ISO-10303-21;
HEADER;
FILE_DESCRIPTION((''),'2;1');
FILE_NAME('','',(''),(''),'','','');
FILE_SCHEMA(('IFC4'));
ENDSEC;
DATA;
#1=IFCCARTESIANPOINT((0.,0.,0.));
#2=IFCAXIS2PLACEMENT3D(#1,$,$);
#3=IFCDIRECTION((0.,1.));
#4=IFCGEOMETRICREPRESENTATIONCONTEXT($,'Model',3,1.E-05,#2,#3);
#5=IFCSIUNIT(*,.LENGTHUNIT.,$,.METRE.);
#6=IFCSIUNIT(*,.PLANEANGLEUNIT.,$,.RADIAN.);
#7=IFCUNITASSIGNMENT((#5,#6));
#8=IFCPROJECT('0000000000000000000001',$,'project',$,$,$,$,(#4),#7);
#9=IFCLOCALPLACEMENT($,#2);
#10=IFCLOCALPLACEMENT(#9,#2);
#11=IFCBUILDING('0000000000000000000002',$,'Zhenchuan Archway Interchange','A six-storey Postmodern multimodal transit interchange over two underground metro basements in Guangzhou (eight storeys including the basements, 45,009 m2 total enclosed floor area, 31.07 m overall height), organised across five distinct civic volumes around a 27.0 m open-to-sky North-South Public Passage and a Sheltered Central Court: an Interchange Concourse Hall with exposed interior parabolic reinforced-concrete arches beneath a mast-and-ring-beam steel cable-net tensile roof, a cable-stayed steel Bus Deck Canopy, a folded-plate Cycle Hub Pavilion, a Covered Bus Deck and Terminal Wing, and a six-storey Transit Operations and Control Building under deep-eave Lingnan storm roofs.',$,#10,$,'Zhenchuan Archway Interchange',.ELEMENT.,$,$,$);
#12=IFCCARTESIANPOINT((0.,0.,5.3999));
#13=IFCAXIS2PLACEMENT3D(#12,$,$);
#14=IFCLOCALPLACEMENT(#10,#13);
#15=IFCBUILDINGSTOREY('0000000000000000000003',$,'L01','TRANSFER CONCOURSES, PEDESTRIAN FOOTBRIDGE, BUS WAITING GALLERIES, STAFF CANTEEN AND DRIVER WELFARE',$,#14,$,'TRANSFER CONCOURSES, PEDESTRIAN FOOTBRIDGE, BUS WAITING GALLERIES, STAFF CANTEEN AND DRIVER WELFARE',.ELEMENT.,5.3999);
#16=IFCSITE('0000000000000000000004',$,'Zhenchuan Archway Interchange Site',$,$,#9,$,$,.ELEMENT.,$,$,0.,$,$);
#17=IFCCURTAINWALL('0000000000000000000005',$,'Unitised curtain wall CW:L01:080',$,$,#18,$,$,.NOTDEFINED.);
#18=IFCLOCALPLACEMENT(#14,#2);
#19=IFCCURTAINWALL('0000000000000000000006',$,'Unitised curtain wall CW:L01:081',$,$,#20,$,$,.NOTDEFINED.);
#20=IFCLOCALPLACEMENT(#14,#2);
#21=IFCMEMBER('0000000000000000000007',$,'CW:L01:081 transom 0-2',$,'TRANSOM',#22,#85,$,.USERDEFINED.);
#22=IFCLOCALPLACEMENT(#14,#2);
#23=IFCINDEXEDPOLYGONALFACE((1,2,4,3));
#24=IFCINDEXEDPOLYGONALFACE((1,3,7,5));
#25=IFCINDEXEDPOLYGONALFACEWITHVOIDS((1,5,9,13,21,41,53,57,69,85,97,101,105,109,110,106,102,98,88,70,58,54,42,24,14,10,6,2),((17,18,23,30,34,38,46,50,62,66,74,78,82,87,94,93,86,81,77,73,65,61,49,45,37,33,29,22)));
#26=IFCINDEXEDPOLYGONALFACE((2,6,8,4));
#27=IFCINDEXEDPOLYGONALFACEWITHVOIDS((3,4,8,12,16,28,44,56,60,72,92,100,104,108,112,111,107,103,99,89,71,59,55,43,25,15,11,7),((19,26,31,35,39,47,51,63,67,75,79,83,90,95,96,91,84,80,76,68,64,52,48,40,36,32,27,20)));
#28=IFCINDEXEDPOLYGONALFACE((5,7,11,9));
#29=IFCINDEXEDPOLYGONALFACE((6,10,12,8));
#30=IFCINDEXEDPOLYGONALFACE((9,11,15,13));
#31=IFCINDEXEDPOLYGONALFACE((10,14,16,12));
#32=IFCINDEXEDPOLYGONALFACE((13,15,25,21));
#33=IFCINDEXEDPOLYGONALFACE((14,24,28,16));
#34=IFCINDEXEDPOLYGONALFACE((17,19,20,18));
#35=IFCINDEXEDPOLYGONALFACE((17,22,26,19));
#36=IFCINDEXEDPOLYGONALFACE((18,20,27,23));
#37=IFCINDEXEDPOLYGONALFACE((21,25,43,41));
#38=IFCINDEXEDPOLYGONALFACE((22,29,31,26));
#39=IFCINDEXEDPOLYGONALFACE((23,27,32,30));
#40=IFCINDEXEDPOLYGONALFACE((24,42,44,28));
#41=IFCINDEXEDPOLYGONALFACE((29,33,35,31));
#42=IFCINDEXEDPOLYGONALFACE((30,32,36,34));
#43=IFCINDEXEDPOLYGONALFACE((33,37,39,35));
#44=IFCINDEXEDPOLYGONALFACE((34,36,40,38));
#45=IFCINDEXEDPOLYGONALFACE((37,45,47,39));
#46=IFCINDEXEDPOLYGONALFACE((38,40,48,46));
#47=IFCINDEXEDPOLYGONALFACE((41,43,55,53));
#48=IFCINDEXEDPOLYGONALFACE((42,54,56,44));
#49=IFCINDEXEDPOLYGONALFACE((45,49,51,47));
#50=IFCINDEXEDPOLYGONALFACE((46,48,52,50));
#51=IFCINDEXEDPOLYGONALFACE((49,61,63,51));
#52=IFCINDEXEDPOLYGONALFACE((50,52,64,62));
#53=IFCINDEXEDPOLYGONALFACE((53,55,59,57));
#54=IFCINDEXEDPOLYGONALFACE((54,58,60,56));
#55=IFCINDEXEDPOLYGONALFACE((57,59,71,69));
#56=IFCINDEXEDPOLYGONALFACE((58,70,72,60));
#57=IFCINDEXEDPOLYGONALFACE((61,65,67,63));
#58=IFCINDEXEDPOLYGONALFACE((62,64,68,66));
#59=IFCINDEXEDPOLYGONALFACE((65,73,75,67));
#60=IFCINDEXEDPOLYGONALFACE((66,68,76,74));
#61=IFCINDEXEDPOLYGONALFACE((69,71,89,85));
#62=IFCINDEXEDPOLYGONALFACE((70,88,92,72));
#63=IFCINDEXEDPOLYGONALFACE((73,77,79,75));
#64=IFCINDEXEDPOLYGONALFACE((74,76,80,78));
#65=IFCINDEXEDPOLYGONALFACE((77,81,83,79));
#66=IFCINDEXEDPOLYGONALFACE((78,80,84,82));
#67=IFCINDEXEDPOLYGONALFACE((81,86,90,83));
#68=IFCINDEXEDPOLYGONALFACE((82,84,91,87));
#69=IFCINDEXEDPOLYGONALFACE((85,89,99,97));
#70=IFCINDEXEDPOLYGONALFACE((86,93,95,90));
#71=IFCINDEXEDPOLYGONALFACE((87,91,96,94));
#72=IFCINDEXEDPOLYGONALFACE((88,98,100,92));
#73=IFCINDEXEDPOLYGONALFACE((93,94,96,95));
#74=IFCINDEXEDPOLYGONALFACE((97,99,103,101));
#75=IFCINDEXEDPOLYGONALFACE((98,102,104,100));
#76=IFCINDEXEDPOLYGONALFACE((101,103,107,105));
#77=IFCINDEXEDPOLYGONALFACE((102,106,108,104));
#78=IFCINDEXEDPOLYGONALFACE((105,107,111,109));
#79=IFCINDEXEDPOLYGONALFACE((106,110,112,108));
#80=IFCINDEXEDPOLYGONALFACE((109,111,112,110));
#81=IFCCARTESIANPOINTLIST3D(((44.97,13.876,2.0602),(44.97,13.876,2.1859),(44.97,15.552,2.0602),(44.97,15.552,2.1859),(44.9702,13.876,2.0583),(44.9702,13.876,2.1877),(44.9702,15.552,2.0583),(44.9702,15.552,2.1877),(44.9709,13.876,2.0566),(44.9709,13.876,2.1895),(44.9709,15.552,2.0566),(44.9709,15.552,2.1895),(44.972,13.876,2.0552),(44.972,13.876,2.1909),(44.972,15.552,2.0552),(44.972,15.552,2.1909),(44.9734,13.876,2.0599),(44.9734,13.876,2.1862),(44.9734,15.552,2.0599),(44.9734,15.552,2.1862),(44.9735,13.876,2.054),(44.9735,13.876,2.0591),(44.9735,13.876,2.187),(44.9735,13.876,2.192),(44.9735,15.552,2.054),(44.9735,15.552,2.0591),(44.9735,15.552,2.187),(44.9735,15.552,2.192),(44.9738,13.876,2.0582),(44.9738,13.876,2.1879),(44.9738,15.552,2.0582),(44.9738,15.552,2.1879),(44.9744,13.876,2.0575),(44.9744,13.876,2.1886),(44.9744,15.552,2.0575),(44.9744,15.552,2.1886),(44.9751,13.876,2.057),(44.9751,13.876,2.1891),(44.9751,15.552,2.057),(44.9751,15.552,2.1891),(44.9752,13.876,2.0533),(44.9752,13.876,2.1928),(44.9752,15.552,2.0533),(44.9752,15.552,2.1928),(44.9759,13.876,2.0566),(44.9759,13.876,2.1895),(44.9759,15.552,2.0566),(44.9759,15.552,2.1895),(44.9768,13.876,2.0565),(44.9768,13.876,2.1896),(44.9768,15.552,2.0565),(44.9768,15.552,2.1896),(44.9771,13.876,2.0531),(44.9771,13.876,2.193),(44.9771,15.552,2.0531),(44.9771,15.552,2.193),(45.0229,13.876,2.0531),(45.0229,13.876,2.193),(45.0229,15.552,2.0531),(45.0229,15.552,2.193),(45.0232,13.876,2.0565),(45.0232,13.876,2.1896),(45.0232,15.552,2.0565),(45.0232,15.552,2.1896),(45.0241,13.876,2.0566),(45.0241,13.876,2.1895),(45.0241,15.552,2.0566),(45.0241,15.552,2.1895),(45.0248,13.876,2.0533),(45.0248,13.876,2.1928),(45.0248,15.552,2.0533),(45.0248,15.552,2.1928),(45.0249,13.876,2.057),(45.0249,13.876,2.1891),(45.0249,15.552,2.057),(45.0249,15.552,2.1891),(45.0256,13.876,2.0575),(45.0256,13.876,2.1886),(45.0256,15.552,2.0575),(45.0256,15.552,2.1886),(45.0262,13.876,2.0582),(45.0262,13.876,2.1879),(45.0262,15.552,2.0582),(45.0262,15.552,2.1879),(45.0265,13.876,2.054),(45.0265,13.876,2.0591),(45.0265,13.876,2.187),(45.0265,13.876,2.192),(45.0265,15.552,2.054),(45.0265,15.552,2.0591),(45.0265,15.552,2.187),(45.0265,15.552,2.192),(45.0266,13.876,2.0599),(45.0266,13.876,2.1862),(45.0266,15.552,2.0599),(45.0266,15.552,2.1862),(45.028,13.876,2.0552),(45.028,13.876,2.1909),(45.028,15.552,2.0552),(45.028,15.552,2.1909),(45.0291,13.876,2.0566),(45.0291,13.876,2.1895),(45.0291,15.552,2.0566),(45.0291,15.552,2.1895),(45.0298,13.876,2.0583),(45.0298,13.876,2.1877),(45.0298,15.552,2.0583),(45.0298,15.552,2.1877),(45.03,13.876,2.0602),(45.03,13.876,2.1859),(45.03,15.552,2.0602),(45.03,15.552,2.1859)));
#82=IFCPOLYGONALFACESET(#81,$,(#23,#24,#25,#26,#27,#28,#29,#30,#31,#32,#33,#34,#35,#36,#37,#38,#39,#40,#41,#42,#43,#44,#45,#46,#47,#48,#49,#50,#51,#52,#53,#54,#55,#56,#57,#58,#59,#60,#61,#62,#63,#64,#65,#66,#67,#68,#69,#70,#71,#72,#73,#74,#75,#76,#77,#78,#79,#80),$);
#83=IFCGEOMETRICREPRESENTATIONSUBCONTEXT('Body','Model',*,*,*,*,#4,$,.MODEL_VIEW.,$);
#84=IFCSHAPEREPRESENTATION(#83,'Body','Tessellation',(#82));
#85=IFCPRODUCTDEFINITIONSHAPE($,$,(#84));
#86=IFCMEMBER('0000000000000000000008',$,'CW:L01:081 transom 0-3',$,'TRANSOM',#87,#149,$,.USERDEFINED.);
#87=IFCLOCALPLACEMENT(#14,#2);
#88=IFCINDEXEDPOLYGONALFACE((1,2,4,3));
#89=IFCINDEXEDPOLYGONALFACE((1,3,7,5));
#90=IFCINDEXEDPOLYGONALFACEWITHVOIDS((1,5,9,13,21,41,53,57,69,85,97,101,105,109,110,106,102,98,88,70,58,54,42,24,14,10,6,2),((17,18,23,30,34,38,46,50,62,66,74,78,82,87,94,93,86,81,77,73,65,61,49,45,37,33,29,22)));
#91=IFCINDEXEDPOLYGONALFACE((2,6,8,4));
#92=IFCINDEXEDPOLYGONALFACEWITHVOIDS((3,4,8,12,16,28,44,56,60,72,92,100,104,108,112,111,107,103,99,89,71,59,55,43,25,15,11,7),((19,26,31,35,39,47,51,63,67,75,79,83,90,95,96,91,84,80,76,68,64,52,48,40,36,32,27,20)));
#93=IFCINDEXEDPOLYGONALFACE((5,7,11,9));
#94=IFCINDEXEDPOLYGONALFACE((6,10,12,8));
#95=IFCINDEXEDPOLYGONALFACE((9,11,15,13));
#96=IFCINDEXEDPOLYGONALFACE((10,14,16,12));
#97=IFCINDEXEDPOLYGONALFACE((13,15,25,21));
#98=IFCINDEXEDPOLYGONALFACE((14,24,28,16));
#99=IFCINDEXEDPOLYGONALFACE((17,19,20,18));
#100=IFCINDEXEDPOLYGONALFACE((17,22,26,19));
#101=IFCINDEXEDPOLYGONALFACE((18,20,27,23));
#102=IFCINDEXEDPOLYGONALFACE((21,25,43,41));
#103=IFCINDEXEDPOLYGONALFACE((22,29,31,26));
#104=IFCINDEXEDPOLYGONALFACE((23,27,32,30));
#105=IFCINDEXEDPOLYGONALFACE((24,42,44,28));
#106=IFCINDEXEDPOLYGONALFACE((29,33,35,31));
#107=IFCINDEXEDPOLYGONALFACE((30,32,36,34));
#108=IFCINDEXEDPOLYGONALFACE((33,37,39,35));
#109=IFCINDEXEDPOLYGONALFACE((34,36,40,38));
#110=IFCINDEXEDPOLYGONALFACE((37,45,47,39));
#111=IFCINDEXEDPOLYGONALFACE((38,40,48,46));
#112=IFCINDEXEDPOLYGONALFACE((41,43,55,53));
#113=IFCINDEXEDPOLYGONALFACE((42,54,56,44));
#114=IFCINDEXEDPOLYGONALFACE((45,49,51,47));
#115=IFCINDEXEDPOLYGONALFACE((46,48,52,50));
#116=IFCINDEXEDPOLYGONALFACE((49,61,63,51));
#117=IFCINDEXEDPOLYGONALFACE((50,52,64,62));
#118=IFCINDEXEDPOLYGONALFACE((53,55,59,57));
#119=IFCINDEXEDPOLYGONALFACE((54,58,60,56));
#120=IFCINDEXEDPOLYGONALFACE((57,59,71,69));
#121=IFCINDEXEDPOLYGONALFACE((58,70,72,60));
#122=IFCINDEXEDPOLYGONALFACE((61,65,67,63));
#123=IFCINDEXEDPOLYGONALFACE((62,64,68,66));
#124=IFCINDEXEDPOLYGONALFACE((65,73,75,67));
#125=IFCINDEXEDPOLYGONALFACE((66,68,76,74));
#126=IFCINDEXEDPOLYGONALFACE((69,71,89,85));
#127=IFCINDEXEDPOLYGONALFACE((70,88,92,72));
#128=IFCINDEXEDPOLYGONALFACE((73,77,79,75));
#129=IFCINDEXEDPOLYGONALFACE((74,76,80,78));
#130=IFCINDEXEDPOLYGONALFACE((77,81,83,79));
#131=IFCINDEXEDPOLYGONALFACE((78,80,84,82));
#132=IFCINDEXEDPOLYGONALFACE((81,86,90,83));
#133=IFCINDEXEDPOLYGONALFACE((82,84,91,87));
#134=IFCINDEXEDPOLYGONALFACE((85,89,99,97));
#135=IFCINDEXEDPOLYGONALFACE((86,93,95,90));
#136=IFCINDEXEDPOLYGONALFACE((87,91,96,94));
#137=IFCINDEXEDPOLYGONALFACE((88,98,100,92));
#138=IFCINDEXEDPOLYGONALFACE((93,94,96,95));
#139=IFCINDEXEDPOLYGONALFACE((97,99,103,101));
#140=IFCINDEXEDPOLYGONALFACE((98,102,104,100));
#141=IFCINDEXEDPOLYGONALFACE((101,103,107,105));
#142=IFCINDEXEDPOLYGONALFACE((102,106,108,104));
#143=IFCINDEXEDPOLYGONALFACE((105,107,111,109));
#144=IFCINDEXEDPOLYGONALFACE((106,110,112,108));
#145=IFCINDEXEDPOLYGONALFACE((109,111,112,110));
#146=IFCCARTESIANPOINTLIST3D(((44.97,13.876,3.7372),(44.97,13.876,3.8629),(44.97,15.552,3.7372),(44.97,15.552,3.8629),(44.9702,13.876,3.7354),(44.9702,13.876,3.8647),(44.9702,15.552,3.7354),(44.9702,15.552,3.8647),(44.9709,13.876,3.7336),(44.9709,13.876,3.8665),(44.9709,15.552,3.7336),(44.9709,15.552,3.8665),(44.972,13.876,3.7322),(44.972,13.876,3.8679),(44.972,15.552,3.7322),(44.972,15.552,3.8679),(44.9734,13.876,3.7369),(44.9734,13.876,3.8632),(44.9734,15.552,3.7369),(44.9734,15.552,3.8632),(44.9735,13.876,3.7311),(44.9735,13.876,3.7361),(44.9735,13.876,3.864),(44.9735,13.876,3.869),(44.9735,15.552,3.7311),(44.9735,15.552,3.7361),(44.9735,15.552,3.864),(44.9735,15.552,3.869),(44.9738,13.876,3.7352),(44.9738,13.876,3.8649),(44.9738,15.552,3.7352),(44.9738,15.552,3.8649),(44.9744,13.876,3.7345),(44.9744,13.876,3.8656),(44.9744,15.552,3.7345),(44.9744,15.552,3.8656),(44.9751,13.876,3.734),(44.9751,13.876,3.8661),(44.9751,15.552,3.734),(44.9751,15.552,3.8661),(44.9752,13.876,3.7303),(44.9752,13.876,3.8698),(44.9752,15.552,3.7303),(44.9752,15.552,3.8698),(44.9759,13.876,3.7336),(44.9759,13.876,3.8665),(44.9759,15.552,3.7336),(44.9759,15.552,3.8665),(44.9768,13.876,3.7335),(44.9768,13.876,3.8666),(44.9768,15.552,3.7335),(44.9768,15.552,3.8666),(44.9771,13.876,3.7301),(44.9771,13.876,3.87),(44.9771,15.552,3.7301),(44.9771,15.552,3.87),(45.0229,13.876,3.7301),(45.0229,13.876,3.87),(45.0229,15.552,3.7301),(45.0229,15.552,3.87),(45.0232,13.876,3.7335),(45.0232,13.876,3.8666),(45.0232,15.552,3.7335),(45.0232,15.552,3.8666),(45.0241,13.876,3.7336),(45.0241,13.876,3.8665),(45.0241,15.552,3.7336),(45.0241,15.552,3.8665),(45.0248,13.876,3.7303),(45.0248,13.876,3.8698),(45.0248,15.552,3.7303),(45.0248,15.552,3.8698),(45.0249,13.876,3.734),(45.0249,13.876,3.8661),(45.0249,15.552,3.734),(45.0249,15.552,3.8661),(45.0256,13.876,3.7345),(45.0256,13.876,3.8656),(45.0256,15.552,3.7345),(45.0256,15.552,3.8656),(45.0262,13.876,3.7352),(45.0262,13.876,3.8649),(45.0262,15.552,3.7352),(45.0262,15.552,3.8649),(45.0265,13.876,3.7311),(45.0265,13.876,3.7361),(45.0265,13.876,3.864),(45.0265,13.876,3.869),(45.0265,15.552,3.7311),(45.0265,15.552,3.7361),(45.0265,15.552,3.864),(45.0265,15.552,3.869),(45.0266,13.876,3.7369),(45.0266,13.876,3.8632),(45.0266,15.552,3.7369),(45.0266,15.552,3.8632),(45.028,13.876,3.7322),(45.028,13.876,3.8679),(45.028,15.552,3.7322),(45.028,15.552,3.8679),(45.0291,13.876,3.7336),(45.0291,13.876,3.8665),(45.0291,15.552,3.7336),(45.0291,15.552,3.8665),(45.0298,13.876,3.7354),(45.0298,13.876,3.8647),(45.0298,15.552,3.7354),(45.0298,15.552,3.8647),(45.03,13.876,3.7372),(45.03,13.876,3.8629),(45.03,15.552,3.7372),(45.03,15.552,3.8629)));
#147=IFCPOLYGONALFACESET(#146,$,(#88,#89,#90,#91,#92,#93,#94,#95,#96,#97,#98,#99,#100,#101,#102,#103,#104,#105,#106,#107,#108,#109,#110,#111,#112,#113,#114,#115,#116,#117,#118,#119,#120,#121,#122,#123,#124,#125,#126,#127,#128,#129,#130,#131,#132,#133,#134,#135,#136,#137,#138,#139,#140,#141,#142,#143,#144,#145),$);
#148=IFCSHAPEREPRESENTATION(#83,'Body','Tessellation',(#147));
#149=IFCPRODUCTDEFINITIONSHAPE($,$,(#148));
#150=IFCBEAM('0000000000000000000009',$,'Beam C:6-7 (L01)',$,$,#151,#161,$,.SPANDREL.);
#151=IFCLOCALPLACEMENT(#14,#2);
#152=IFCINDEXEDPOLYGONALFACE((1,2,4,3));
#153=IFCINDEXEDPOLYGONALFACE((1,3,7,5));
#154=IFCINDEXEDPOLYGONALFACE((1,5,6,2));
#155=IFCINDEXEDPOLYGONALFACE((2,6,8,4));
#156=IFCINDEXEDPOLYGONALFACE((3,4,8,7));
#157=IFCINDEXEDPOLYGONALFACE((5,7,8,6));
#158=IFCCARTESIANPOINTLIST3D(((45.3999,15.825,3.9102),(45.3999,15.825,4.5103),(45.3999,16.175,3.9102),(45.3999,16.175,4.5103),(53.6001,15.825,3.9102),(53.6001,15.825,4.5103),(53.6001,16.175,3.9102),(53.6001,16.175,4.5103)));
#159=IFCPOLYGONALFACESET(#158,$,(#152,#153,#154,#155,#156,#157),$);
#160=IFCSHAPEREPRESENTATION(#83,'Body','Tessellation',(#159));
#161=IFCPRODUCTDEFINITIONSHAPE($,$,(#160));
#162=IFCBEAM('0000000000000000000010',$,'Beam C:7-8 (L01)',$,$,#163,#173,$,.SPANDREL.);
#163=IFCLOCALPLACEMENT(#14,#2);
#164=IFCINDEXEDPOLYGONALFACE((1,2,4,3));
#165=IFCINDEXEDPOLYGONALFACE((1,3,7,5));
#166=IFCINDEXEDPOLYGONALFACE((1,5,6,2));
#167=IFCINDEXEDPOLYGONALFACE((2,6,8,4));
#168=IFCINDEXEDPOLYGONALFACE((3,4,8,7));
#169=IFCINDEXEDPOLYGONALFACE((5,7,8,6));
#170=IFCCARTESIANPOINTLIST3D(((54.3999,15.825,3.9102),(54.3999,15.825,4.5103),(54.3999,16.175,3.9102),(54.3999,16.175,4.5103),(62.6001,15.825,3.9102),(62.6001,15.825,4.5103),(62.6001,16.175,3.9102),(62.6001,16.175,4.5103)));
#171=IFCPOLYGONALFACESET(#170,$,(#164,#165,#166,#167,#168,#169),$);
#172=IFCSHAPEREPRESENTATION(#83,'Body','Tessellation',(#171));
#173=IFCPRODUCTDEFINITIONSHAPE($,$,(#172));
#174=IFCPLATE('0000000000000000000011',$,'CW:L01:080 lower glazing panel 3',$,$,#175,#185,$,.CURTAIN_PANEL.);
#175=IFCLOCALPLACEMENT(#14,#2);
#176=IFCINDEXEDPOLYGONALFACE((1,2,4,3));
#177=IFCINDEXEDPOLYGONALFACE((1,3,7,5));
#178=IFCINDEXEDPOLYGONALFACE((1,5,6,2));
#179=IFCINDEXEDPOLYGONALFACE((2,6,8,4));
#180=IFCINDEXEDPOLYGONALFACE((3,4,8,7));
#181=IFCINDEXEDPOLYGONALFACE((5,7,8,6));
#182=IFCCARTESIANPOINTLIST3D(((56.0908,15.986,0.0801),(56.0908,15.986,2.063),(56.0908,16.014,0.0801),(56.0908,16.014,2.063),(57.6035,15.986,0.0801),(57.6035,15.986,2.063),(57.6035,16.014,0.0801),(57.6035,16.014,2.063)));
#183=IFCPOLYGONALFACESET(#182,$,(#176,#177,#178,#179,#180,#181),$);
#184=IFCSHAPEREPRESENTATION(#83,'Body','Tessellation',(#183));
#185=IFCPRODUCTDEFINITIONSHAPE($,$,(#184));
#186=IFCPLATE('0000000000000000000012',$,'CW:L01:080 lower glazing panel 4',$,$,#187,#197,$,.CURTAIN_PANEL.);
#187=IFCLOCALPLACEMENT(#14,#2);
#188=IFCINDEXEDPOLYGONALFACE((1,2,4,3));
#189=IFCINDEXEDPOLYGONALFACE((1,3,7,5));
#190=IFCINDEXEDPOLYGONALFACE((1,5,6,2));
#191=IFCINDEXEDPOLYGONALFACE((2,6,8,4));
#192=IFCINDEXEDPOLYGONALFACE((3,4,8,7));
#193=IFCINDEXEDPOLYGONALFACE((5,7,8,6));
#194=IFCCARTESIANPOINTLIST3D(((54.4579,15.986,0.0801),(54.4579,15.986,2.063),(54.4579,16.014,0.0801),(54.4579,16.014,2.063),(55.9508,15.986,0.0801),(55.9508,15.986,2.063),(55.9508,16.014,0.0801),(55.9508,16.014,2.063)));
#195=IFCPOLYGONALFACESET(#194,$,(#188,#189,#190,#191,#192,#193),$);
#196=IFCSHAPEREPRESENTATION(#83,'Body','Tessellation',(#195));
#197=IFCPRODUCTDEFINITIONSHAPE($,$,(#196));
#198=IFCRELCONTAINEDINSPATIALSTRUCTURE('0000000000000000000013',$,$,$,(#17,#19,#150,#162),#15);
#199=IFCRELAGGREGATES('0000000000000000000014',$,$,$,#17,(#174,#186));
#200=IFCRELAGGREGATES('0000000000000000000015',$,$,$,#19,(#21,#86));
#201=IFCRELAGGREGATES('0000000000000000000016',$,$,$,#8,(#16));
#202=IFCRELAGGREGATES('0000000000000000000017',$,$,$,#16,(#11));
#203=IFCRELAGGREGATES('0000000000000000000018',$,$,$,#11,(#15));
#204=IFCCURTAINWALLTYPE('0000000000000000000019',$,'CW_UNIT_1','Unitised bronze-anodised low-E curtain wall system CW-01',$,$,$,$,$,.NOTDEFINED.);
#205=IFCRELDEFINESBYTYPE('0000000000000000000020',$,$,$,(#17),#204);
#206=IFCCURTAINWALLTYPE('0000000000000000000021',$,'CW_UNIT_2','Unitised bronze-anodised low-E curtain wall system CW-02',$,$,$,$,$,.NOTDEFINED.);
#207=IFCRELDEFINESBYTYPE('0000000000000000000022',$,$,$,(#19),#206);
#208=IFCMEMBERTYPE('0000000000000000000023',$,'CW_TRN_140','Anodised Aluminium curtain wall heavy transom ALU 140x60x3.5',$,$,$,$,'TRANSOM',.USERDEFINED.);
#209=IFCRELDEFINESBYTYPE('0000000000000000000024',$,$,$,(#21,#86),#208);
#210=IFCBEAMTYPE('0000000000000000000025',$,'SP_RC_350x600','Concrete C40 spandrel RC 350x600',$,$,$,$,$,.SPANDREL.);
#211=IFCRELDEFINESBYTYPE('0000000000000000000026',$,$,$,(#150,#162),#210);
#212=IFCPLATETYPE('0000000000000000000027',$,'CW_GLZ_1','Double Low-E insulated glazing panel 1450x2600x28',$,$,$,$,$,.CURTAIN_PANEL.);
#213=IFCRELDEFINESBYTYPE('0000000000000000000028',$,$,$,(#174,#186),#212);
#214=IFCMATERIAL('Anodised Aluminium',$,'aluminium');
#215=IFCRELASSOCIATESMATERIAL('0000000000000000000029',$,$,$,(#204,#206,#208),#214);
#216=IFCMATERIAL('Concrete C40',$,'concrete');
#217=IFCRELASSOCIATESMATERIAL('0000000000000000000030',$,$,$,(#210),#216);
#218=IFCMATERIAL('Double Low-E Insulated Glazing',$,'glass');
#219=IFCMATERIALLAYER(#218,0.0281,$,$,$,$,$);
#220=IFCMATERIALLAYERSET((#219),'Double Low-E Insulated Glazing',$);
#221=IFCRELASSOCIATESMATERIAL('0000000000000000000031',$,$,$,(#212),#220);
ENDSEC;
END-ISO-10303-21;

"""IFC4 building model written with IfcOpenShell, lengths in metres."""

from ifc_helpers import new_model, si_unit, direction, frame, origin, origin_2d, place, context, subcontext, project, spatial, rectangle, hollow_rectangle, extrude, material, layer, layer_set, material_profile, profile_set, type_object, element, aggregate, save


model = new_model("IFC4")

# Units and contexts
model_context = context("Model", 3, precision=1e-05, world=origin(), true_north=direction((0.0, 1.0)))
body_context = subcontext(model_context, "Body", "Model", "MODEL_VIEW")
ifc_project = project(units=[si_unit("LENGTHUNIT", "METRE"), si_unit("PLANEANGLEUNIT", "RADIAN")], contexts=[model_context])

# Site, building, storey
site_placement = place(None, origin())
site = spatial("IfcSite", under=ifc_project, at=site_placement, Name="Zhenchuan Archway Interchange Site", CompositionType="ELEMENT", RefElevation=0.0)
building_placement = place(site_placement, origin())
building = spatial("IfcBuilding", under=site, at=building_placement, Name="Zhenchuan Archway Interchange", Description="A six-storey Postmodern multimodal transit interchange over two underground metro basements in Guangzhou (eight storeys including the basements, 45,009 m2 total enclosed floor area, 31.07 m overall height), organised across five distinct civic volumes around a 27.0 m open-to-sky North-South Public Passage and a Sheltered Central Court: an Interchange Concourse Hall with exposed interior parabolic reinforced-concrete arches beneath a mast-and-ring-beam steel cable-net tensile roof, a cable-stayed steel Bus Deck Canopy, a folded-plate Cycle Hub Pavilion, a Covered Bus Deck and Terminal Wing, and a six-storey Transit Operations and Control Building under deep-eave Lingnan storm roofs.", LongName="Zhenchuan Archway Interchange", CompositionType="ELEMENT")
storey_placement = place(building_placement, frame((0.0, 0.0, 5.3999)))
storey = spatial("IfcBuildingStorey", under=building, at=storey_placement, Name="L01", Description="TRANSFER CONCOURSES, PEDESTRIAN FOOTBRIDGE, BUS WAITING GALLERIES, STAFF CANTEEN AND DRIVER WELFARE", LongName="TRANSFER CONCOURSES, PEDESTRIAN FOOTBRIDGE, BUS WAITING GALLERIES, STAFF CANTEEN AND DRIVER WELFARE", CompositionType="ELEMENT", Elevation=5.3999)

# Shared definitions
ifc_material_1 = material(Name="Concrete C40", Category="concrete")

# Curtain walls
ifc_material_2 = material(Name="Anodised Aluminium", Category="aluminium")
curtain_wall_type_1 = type_object("IfcCurtainWallType", Name="CW_UNIT_1", Description="Unitised bronze-anodised low-E curtain wall system CW-01", PredefinedType="NOTDEFINED", material=ifc_material_2)
curtain_wall_1_placement = place(storey_placement, origin())
curtain_wall_1 = element("IfcCurtainWall", 1, at=curtain_wall_1_placement, inside=storey, type_object=curtain_wall_type_1, Name="Unitised curtain wall CW:L01:080", PredefinedType="NOTDEFINED")
curtain_wall_type_2 = type_object("IfcCurtainWallType", Name="CW_UNIT_2", Description="Unitised bronze-anodised low-E curtain wall system CW-02", PredefinedType="NOTDEFINED", material=ifc_material_2)
curtain_wall_2_placement = place(storey_placement, origin())
curtain_wall_2 = element("IfcCurtainWall", 2, at=curtain_wall_2_placement, inside=storey, type_object=curtain_wall_type_2, Name="Unitised curtain wall CW:L01:081", PredefinedType="NOTDEFINED")

# Members
ifc_material_profile_1 = material_profile(ifc_material_2, hollow_rectangle(XDim=0.0601, YDim=0.1399, WallThickness=0.0034, InnerFilletRadius=0.0034, OuterFilletRadius=0.0071, at=origin_2d()), Name="ALU 140x60x3.5")
ifc_profile_set_1 = profile_set([ifc_material_profile_1], Name="Anodised Aluminium")
member_type_1 = type_object("IfcMemberType", Name="CW_TRN_140", Description="Anodised Aluminium curtain wall heavy transom ALU 140x60x3.5", ElementType="TRANSOM", PredefinedType="USERDEFINED", material=ifc_profile_set_1)
member_1_placement = place(storey_placement, frame((45.0, 15.552, 2.123), z_axis=(0.0, -1.0, 0.0), x_axis=(1.0, 0.0, 0.0)))
member_1 = element("IfcMember", 3, at=member_1_placement, type_object=member_type_1, Name="CW:L01:081 transom 0-2", ObjectType="TRANSOM", PredefinedType="USERDEFINED", context=body_context, shape_type="SweptSolid", body=[
    extrude(hollow_rectangle(XDim=0.0601, YDim=0.1399, WallThickness=0.0034, InnerFilletRadius=0.0034, OuterFilletRadius=0.0071, at=origin_2d()), origin(), (0.0, 0.0, 1.0), 1.676),
])
member_2_placement = place(storey_placement, frame((45.0, 15.552, 3.8), z_axis=(0.0, -1.0, 0.0), x_axis=(1.0, 0.0, 0.0)))
member_2 = element("IfcMember", 4, at=member_2_placement, type_object=member_type_1, Name="CW:L01:081 transom 0-3", ObjectType="TRANSOM", PredefinedType="USERDEFINED", context=body_context, shape_type="SweptSolid", body=[
    extrude(hollow_rectangle(XDim=0.0601, YDim=0.1399, WallThickness=0.0034, InnerFilletRadius=0.0034, OuterFilletRadius=0.0071, at=origin_2d()), origin(), (0.0, 0.0, 1.0), 1.676),
])

# Beams
ifc_material_profile_2 = material_profile(ifc_material_1, rectangle(XDim=0.3501, YDim=0.6001, at=origin_2d()), Name="RC 350x600")
ifc_profile_set_2 = profile_set([ifc_material_profile_2], Name="Concrete C40")
beam_type = type_object("IfcBeamType", Name="SP_RC_350x600", Description="Concrete C40 spandrel RC 350x600", PredefinedType="SPANDREL", material=ifc_profile_set_2)
for number, where, z_axis, x_axis, name in (
    (5, (45.3999, 16.0, 4.2102), (1.0, 0.0, 0.0), (0.0, 1.0, 0.0), "Beam C:6-7 (L01)"),
    (6, (54.3999, 16.0, 4.2102), (1.0, 0.0, 0.0), (0.0, 1.0, 0.0), "Beam C:7-8 (L01)"),
):
    element("IfcBeam", number, at=place(storey_placement, frame(where, z_axis=z_axis, x_axis=x_axis)), inside=storey, type_object=beam_type, Name=name, PredefinedType="SPANDREL", context=body_context, shape_type="SweptSolid", body=[
        extrude(rectangle(XDim=0.3501, YDim=0.6001, at=origin_2d()), origin(), (0.0, 0.0, 1.0), 8.2002),
    ])

# Plates
ifc_material_3 = material(Name="Double Low-E Insulated Glazing", Category="glass")
ifc_layer_1 = layer(ifc_material_3, 0.0281)
ifc_layer_set_1 = layer_set([ifc_layer_1], Name="Double Low-E Insulated Glazing")
plate_type_1 = type_object("IfcPlateType", Name="CW_GLZ_1", Description="Double Low-E insulated glazing panel 1450x2600x28", PredefinedType="CURTAIN_PANEL", material=ifc_layer_set_1)
plate_1_placement = place(storey_placement, frame((56.8472, 16.0, 0.0801), z_axis=(0.0, 0.0, 1.0), x_axis=(-1.0, 0.0, 0.0)))
plate_1 = element("IfcPlate", 7, at=plate_1_placement, type_object=plate_type_1, Name="CW:L01:080 lower glazing panel 3", PredefinedType="CURTAIN_PANEL", context=body_context, shape_type="SweptSolid", body=[
    extrude(rectangle(XDim=1.5127, YDim=0.0281, at=origin_2d()), origin(), (0.0, 0.0, 1.0), 1.9829),
])
plate_2_placement = place(storey_placement, frame((55.2043, 16.0, 0.0801), z_axis=(0.0, 0.0, 1.0), x_axis=(-1.0, 0.0, 0.0)))
plate_2 = element("IfcPlate", 8, at=plate_2_placement, type_object=plate_type_1, Name="CW:L01:080 lower glazing panel 4", PredefinedType="CURTAIN_PANEL", context=body_context, shape_type="SweptSolid", body=[
    extrude(rectangle(XDim=1.4929, YDim=0.0281, at=origin_2d()), origin(), (0.0, 0.0, 1.0), 1.9829),
])
aggregate(curtain_wall_1, [plate_1, plate_2])
aggregate(curtain_wall_2, [member_1, member_2])

save(model, "model.ifc")
